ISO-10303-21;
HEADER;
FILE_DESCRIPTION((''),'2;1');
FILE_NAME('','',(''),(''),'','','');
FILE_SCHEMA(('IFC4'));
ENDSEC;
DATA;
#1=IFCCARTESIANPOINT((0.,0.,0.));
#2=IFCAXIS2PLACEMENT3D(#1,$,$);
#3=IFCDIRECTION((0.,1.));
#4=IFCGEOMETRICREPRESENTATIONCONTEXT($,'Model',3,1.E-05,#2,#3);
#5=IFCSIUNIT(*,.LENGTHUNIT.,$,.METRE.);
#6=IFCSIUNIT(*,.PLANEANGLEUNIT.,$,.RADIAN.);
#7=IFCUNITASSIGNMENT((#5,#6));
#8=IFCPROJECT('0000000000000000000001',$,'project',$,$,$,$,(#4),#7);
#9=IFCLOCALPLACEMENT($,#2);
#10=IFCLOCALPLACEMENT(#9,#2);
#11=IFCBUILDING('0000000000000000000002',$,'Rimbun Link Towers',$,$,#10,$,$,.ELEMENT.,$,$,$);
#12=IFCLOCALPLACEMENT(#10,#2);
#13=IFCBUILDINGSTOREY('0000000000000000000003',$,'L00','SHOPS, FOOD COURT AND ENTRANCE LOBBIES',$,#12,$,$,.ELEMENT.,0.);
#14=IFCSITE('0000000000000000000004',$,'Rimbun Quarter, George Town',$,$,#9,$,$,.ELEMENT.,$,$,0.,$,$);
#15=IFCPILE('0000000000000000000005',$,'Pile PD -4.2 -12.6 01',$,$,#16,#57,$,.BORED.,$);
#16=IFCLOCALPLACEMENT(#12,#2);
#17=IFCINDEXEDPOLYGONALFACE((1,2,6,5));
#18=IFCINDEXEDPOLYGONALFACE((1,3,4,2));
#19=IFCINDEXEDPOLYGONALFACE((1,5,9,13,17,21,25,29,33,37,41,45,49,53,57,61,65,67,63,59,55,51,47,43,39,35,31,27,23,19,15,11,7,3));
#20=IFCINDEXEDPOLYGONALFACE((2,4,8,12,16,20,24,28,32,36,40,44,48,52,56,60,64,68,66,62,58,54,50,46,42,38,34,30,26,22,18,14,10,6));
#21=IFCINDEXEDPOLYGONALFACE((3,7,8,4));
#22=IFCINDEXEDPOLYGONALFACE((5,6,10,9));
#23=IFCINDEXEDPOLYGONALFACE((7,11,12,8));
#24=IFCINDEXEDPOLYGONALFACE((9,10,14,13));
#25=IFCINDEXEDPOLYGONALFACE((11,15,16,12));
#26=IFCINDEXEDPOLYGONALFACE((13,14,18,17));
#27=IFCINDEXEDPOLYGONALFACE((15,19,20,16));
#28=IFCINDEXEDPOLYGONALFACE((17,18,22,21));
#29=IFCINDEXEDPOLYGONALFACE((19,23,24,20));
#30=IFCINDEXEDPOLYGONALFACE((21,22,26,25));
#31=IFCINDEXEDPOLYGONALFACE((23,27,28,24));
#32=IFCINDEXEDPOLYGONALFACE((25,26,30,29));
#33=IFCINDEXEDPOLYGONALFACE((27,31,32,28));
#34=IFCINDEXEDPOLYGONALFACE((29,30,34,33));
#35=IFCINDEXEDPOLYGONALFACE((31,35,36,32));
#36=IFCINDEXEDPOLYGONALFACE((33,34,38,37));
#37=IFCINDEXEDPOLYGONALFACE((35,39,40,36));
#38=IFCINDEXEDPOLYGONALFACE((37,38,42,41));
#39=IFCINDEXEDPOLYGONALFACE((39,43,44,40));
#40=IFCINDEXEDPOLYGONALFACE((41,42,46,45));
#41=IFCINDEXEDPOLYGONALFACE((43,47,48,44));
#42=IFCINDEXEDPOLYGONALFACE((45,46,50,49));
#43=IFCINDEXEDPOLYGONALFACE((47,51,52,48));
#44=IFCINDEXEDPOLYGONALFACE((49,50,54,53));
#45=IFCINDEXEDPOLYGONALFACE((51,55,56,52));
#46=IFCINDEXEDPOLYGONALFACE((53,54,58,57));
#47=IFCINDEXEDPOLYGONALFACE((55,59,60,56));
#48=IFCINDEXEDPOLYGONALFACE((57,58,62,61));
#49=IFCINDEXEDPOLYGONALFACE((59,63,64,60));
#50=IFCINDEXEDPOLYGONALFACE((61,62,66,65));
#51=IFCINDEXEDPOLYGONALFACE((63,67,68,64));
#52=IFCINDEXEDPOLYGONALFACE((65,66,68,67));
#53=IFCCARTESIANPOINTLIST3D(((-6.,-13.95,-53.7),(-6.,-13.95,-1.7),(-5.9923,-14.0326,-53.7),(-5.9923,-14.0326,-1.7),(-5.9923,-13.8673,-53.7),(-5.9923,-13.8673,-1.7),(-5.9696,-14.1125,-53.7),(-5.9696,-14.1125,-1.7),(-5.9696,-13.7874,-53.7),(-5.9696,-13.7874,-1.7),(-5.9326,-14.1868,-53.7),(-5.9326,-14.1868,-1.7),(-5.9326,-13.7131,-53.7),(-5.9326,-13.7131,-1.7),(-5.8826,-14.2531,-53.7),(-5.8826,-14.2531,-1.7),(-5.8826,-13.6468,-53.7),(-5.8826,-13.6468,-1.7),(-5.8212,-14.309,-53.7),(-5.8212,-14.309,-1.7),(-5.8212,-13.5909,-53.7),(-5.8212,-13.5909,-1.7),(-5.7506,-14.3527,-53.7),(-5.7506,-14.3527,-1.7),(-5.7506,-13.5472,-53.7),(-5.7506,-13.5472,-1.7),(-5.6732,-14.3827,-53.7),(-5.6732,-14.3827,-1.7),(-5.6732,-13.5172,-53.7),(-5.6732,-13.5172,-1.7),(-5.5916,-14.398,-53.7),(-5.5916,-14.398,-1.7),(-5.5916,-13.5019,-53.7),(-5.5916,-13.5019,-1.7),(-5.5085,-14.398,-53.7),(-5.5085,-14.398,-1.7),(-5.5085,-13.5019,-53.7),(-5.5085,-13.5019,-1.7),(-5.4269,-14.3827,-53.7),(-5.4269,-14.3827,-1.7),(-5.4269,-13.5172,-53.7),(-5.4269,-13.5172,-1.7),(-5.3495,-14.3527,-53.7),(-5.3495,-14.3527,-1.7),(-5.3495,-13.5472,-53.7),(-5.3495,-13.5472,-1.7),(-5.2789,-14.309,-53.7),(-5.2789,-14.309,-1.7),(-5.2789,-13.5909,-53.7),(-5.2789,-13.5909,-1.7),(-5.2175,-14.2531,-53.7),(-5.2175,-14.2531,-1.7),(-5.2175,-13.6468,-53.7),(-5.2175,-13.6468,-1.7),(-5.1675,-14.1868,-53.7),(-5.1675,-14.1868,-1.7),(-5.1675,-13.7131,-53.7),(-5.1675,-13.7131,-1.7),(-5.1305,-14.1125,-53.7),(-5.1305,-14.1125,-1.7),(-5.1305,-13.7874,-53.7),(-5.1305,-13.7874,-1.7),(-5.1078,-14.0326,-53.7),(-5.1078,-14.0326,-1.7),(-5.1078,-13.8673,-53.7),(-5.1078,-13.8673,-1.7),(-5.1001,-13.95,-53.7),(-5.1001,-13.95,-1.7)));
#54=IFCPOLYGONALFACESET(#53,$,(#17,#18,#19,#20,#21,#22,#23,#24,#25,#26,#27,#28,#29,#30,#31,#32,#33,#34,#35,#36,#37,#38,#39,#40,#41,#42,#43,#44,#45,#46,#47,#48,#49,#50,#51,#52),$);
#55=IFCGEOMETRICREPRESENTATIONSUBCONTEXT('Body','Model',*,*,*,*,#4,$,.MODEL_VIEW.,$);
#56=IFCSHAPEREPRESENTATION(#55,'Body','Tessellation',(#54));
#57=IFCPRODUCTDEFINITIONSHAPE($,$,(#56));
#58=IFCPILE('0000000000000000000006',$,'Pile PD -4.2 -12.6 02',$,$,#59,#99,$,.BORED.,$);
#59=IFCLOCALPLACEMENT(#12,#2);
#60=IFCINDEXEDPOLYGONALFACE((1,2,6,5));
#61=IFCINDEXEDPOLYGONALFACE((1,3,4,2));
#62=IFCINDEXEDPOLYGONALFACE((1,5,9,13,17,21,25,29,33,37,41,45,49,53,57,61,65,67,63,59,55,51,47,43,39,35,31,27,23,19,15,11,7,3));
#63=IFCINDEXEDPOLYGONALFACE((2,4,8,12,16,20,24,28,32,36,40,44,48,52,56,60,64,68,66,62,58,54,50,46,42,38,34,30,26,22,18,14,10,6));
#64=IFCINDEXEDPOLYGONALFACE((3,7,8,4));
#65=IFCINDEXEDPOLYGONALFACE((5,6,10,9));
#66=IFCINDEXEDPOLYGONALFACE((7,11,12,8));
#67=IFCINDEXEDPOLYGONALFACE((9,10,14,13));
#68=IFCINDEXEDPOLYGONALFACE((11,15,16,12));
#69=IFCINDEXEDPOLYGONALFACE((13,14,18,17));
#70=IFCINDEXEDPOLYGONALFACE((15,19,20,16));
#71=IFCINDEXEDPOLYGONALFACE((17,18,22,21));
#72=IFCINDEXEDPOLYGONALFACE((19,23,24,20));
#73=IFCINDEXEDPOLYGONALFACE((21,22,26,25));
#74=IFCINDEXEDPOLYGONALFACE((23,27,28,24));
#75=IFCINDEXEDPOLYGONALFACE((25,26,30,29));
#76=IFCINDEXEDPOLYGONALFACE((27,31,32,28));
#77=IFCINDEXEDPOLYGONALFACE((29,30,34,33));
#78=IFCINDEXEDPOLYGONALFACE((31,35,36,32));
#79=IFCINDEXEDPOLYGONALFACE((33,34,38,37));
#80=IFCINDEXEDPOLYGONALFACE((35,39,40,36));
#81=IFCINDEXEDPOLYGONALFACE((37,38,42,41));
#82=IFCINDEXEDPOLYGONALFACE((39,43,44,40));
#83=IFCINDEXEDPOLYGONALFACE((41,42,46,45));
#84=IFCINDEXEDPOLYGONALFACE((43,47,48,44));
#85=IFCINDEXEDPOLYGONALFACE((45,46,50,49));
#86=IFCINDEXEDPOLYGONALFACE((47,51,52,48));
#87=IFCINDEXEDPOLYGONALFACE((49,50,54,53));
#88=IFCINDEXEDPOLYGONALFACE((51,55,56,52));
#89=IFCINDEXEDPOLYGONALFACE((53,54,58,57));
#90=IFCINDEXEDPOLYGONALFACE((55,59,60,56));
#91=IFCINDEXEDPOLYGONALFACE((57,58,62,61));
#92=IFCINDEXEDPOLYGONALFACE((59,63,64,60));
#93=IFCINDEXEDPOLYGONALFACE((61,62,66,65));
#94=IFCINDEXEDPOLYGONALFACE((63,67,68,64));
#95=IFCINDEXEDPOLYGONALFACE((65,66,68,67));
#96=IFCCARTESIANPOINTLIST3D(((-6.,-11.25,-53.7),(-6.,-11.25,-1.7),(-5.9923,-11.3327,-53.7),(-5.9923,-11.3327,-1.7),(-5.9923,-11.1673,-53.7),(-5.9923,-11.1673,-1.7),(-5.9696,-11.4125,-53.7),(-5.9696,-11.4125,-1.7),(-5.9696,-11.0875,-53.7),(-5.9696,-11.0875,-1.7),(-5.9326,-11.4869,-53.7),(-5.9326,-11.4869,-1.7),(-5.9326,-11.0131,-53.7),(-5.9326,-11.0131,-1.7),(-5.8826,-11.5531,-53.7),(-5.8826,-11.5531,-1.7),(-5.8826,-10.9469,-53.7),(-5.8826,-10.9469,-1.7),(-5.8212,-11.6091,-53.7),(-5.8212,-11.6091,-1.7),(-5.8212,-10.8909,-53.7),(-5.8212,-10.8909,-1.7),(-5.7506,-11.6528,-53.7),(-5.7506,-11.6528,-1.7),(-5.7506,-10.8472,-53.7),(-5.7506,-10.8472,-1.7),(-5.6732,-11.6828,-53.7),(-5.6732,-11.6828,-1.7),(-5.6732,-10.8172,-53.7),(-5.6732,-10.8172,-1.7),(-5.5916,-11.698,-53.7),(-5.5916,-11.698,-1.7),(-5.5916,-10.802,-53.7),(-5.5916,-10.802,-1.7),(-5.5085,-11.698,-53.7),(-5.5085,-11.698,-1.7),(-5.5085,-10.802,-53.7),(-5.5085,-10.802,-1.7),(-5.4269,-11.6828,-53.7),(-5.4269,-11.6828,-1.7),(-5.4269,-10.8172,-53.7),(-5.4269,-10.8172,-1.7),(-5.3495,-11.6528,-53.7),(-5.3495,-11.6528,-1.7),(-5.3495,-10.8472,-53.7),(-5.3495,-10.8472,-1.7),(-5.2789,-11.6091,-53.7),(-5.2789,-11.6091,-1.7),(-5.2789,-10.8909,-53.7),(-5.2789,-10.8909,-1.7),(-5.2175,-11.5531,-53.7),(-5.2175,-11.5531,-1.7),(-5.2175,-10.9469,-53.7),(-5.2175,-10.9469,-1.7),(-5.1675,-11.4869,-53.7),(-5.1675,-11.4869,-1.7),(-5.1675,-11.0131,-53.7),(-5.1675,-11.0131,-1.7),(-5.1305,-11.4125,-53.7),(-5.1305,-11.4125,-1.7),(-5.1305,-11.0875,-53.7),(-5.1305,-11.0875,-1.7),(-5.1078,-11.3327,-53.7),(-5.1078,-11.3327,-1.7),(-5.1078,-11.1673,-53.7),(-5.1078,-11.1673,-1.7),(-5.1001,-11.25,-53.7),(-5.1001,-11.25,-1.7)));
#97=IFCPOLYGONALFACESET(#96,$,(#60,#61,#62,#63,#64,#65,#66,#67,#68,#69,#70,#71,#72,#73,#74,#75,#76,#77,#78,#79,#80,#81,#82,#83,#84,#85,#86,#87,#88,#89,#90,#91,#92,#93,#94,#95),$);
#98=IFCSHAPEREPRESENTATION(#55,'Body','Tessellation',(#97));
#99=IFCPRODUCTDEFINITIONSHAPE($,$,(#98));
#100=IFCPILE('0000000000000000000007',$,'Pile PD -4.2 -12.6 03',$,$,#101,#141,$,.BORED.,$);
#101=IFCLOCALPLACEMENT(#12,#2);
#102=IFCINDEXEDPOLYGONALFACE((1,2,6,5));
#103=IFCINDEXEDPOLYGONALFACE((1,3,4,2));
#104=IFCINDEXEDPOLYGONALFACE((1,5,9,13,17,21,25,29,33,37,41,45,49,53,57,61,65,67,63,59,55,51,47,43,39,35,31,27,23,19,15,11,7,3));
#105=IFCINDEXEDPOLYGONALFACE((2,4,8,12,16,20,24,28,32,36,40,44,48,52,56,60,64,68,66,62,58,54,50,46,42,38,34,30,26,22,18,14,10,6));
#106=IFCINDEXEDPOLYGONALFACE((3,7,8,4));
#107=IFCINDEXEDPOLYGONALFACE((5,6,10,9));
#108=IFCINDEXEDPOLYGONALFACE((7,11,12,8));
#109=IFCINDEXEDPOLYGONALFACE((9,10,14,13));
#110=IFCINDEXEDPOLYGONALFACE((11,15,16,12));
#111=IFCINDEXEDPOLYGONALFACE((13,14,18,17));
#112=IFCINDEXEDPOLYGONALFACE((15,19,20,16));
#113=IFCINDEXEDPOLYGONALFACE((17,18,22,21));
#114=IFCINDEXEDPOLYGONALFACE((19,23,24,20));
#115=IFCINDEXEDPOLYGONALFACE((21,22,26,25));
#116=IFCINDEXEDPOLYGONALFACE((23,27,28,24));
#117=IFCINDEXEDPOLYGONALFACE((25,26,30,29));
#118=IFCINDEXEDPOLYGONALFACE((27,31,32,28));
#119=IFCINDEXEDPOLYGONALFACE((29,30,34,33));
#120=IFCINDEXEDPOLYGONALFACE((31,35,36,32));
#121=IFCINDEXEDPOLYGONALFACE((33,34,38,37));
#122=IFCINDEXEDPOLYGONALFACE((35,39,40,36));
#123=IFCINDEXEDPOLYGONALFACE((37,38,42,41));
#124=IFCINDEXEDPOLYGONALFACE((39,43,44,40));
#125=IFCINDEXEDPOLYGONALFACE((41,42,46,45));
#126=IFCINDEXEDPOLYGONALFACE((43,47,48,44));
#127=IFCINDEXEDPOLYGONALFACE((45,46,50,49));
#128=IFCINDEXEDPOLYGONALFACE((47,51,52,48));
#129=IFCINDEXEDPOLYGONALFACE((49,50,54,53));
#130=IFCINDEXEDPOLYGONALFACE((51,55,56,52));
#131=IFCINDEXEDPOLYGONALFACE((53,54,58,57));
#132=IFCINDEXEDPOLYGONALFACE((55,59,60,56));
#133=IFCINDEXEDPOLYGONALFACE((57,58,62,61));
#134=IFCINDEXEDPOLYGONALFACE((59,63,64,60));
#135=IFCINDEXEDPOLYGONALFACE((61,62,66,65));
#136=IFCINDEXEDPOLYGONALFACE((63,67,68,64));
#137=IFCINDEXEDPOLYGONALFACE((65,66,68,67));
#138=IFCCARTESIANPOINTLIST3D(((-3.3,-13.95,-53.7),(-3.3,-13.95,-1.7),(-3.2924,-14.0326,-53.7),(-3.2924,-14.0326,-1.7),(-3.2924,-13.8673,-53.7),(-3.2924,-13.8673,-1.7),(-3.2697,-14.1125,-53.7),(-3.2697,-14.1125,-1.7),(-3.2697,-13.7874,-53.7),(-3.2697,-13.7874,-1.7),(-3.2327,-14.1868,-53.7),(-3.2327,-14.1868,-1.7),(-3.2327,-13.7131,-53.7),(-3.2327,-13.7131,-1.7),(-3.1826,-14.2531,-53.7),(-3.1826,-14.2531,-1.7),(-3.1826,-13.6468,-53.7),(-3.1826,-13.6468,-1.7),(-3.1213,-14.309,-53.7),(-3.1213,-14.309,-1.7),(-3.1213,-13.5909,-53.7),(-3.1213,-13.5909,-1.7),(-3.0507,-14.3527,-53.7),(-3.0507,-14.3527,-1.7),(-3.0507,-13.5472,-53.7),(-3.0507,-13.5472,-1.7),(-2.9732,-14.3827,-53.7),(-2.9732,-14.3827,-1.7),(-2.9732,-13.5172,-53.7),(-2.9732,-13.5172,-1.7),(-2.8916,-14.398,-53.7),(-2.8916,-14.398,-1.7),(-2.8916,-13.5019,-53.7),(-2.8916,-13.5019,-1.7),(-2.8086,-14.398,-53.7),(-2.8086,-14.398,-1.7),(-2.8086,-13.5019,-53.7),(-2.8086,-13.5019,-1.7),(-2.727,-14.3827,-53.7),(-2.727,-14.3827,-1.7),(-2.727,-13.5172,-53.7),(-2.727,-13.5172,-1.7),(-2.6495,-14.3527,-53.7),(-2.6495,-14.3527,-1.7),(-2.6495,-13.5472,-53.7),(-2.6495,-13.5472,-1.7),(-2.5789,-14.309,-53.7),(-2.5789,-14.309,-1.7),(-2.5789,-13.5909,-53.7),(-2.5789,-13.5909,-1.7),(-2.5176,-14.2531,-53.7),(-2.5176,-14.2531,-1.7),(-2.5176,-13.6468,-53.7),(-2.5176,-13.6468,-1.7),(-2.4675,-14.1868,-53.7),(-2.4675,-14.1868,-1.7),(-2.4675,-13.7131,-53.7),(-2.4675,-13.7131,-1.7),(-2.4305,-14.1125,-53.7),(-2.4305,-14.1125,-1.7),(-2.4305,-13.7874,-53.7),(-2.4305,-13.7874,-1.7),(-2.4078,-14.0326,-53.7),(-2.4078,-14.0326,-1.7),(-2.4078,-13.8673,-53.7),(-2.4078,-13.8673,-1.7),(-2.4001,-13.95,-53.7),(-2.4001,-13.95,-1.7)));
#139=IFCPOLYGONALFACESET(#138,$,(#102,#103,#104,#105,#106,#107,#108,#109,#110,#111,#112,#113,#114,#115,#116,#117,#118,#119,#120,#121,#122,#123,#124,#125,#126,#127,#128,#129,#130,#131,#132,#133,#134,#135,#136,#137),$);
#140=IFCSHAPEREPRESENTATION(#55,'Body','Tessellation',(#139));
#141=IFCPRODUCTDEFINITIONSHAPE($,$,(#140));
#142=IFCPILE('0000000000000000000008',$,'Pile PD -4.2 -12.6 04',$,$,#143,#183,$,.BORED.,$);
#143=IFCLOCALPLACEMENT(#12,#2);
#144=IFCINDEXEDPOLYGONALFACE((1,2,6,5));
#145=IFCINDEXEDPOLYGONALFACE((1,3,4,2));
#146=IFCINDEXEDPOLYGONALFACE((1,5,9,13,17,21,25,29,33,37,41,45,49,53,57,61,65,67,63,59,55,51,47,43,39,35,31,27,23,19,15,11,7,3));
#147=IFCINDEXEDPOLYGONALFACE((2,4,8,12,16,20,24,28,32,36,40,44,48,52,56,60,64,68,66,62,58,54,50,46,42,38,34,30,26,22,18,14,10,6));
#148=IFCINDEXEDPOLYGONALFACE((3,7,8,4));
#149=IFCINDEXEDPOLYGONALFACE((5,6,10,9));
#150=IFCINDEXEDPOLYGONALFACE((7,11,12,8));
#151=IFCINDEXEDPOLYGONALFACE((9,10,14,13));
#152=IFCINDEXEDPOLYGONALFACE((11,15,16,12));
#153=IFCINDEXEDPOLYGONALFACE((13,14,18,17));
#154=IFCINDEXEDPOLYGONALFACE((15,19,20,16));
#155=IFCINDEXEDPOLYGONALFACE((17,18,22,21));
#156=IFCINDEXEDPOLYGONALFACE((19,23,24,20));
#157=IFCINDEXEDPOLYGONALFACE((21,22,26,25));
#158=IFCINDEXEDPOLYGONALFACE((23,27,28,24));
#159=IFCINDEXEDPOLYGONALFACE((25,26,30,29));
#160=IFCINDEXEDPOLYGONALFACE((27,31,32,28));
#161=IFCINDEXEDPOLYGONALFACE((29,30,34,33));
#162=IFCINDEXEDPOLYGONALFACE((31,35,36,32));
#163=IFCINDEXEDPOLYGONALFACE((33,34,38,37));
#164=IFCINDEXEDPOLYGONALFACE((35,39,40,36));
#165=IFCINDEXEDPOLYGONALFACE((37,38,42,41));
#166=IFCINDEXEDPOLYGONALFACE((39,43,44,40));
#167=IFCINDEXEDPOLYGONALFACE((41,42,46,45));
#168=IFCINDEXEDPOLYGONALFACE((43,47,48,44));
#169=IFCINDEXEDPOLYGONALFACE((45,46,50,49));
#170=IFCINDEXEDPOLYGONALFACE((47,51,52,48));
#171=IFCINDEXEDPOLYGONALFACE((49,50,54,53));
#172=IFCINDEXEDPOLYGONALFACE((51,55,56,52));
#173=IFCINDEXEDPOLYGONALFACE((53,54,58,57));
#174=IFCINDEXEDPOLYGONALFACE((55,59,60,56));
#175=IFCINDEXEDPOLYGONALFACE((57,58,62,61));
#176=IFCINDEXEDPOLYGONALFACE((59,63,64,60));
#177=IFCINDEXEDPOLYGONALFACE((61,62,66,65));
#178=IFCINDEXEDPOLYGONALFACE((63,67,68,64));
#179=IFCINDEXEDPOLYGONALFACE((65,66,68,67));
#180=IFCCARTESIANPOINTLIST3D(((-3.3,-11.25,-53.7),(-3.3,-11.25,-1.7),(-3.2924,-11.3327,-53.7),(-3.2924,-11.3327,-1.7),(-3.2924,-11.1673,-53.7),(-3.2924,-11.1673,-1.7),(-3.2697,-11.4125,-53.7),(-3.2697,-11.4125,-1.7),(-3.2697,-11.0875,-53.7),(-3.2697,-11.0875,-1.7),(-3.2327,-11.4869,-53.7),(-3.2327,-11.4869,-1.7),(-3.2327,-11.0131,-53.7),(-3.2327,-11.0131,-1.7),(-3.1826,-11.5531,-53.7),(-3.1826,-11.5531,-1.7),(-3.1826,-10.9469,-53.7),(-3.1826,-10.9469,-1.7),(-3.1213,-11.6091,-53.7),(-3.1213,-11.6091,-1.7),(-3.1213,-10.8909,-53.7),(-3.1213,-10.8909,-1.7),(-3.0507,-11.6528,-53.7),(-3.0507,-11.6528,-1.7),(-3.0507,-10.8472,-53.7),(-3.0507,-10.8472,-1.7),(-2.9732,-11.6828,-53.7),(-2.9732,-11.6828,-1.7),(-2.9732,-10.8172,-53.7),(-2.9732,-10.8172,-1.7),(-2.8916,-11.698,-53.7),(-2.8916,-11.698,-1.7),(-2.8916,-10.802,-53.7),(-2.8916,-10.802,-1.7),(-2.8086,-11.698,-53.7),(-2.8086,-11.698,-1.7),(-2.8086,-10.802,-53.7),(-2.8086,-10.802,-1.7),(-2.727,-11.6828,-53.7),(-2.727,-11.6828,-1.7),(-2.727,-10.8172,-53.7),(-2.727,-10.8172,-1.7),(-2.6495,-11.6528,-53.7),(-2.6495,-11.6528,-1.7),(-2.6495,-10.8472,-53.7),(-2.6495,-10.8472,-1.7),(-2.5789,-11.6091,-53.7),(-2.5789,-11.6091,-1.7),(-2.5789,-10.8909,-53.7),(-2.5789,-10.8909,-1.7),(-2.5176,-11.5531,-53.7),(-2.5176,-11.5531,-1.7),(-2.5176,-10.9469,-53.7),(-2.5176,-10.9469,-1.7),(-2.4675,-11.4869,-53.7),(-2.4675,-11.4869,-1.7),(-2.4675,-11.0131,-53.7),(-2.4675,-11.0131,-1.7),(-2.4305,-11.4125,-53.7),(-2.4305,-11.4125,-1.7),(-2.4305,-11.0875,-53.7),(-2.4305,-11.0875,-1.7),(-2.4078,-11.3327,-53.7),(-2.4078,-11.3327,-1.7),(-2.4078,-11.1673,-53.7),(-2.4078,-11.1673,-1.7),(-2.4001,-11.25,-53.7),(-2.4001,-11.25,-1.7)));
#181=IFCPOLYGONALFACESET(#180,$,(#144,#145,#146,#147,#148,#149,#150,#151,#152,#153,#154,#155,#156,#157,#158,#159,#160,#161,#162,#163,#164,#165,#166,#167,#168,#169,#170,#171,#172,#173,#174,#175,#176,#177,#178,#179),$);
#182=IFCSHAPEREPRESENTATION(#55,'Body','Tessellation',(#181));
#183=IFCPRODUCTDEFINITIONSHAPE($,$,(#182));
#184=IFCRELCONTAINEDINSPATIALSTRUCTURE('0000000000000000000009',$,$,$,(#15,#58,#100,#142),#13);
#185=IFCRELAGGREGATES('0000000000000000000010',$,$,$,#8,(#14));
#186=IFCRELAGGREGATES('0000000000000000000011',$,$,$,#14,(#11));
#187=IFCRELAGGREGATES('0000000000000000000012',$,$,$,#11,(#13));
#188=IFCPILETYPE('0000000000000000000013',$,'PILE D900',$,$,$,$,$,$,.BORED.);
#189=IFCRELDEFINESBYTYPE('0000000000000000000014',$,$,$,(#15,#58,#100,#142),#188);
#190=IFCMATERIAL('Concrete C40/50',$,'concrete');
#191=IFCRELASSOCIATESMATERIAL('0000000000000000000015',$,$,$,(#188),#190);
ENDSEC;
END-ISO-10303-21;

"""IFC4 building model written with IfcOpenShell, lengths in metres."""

from ifc_helpers import new_model, si_unit, direction, frame, origin, origin_2d, place, context, subcontext, project, spatial, circle, extrude, material, material_profile, profile_set, type_object, element, save


model = new_model("IFC4")

# Units and contexts
model_context = context("Model", 3, precision=1e-05, world=origin(), true_north=direction((0.0, 1.0)))
body_context = subcontext(model_context, "Body", "Model", "MODEL_VIEW")
ifc_project = project(units=[si_unit("LENGTHUNIT", "METRE"), si_unit("PLANEANGLEUNIT", "RADIAN")], contexts=[model_context])

# Site, building, storey
site_placement = place(None, origin())
site = spatial("IfcSite", under=ifc_project, at=site_placement, Name="Rimbun Quarter, George Town", CompositionType="ELEMENT", RefElevation=0.0)
building_placement = place(site_placement, origin())
building = spatial("IfcBuilding", under=site, at=building_placement, Name="Rimbun Link Towers", CompositionType="ELEMENT")
storey_placement = place(building_placement, origin())
storey = spatial("IfcBuildingStorey", under=building, at=storey_placement, Name="L00", Description="SHOPS, FOOD COURT AND ENTRANCE LOBBIES", CompositionType="ELEMENT", Elevation=0.0)

# Piles
ifc_material_1 = material(Name="Concrete C40/50", Category="concrete")
ifc_material_profile_1 = material_profile(ifc_material_1, circle(Radius=0.45, at=origin_2d()), Name="PILE D900")
ifc_profile_set_1 = profile_set([ifc_material_profile_1], Name="Concrete C40/50")
pile_type_1 = type_object("IfcPileType", Name="PILE D900", PredefinedType="BORED", material=ifc_profile_set_1)
for number, where, z_axis, x_axis, name in (
    (1, (-5.55, -13.95, -1.7), (0.0, 0.0, -1.0), (1.0, 0.0, 0.0), "Pile PD -4.2 -12.6 01"),
    (2, (-5.55, -11.25, -1.7), (0.0, 0.0, -1.0), (1.0, 0.0, 0.0), "Pile PD -4.2 -12.6 02"),
    (3, (-2.8501, -13.95, -1.7), (0.0, 0.0, -1.0), (1.0, 0.0, 0.0), "Pile PD -4.2 -12.6 03"),
    (4, (-2.8501, -11.25, -1.7), (0.0, 0.0, -1.0), (1.0, 0.0, 0.0), "Pile PD -4.2 -12.6 04"),
):
    element("IfcPile", number, at=place(storey_placement, frame(where, z_axis=z_axis, x_axis=x_axis)), inside=storey, type_object=pile_type_1, Name=name, PredefinedType="BORED", context=body_context, shape_type="SweptSolid", body=[
        extrude(circle(Radius=0.45, at=origin_2d()), origin(), (0.0, 0.0, 1.0), 52.0),
    ])

save(model, "model.ifc")
